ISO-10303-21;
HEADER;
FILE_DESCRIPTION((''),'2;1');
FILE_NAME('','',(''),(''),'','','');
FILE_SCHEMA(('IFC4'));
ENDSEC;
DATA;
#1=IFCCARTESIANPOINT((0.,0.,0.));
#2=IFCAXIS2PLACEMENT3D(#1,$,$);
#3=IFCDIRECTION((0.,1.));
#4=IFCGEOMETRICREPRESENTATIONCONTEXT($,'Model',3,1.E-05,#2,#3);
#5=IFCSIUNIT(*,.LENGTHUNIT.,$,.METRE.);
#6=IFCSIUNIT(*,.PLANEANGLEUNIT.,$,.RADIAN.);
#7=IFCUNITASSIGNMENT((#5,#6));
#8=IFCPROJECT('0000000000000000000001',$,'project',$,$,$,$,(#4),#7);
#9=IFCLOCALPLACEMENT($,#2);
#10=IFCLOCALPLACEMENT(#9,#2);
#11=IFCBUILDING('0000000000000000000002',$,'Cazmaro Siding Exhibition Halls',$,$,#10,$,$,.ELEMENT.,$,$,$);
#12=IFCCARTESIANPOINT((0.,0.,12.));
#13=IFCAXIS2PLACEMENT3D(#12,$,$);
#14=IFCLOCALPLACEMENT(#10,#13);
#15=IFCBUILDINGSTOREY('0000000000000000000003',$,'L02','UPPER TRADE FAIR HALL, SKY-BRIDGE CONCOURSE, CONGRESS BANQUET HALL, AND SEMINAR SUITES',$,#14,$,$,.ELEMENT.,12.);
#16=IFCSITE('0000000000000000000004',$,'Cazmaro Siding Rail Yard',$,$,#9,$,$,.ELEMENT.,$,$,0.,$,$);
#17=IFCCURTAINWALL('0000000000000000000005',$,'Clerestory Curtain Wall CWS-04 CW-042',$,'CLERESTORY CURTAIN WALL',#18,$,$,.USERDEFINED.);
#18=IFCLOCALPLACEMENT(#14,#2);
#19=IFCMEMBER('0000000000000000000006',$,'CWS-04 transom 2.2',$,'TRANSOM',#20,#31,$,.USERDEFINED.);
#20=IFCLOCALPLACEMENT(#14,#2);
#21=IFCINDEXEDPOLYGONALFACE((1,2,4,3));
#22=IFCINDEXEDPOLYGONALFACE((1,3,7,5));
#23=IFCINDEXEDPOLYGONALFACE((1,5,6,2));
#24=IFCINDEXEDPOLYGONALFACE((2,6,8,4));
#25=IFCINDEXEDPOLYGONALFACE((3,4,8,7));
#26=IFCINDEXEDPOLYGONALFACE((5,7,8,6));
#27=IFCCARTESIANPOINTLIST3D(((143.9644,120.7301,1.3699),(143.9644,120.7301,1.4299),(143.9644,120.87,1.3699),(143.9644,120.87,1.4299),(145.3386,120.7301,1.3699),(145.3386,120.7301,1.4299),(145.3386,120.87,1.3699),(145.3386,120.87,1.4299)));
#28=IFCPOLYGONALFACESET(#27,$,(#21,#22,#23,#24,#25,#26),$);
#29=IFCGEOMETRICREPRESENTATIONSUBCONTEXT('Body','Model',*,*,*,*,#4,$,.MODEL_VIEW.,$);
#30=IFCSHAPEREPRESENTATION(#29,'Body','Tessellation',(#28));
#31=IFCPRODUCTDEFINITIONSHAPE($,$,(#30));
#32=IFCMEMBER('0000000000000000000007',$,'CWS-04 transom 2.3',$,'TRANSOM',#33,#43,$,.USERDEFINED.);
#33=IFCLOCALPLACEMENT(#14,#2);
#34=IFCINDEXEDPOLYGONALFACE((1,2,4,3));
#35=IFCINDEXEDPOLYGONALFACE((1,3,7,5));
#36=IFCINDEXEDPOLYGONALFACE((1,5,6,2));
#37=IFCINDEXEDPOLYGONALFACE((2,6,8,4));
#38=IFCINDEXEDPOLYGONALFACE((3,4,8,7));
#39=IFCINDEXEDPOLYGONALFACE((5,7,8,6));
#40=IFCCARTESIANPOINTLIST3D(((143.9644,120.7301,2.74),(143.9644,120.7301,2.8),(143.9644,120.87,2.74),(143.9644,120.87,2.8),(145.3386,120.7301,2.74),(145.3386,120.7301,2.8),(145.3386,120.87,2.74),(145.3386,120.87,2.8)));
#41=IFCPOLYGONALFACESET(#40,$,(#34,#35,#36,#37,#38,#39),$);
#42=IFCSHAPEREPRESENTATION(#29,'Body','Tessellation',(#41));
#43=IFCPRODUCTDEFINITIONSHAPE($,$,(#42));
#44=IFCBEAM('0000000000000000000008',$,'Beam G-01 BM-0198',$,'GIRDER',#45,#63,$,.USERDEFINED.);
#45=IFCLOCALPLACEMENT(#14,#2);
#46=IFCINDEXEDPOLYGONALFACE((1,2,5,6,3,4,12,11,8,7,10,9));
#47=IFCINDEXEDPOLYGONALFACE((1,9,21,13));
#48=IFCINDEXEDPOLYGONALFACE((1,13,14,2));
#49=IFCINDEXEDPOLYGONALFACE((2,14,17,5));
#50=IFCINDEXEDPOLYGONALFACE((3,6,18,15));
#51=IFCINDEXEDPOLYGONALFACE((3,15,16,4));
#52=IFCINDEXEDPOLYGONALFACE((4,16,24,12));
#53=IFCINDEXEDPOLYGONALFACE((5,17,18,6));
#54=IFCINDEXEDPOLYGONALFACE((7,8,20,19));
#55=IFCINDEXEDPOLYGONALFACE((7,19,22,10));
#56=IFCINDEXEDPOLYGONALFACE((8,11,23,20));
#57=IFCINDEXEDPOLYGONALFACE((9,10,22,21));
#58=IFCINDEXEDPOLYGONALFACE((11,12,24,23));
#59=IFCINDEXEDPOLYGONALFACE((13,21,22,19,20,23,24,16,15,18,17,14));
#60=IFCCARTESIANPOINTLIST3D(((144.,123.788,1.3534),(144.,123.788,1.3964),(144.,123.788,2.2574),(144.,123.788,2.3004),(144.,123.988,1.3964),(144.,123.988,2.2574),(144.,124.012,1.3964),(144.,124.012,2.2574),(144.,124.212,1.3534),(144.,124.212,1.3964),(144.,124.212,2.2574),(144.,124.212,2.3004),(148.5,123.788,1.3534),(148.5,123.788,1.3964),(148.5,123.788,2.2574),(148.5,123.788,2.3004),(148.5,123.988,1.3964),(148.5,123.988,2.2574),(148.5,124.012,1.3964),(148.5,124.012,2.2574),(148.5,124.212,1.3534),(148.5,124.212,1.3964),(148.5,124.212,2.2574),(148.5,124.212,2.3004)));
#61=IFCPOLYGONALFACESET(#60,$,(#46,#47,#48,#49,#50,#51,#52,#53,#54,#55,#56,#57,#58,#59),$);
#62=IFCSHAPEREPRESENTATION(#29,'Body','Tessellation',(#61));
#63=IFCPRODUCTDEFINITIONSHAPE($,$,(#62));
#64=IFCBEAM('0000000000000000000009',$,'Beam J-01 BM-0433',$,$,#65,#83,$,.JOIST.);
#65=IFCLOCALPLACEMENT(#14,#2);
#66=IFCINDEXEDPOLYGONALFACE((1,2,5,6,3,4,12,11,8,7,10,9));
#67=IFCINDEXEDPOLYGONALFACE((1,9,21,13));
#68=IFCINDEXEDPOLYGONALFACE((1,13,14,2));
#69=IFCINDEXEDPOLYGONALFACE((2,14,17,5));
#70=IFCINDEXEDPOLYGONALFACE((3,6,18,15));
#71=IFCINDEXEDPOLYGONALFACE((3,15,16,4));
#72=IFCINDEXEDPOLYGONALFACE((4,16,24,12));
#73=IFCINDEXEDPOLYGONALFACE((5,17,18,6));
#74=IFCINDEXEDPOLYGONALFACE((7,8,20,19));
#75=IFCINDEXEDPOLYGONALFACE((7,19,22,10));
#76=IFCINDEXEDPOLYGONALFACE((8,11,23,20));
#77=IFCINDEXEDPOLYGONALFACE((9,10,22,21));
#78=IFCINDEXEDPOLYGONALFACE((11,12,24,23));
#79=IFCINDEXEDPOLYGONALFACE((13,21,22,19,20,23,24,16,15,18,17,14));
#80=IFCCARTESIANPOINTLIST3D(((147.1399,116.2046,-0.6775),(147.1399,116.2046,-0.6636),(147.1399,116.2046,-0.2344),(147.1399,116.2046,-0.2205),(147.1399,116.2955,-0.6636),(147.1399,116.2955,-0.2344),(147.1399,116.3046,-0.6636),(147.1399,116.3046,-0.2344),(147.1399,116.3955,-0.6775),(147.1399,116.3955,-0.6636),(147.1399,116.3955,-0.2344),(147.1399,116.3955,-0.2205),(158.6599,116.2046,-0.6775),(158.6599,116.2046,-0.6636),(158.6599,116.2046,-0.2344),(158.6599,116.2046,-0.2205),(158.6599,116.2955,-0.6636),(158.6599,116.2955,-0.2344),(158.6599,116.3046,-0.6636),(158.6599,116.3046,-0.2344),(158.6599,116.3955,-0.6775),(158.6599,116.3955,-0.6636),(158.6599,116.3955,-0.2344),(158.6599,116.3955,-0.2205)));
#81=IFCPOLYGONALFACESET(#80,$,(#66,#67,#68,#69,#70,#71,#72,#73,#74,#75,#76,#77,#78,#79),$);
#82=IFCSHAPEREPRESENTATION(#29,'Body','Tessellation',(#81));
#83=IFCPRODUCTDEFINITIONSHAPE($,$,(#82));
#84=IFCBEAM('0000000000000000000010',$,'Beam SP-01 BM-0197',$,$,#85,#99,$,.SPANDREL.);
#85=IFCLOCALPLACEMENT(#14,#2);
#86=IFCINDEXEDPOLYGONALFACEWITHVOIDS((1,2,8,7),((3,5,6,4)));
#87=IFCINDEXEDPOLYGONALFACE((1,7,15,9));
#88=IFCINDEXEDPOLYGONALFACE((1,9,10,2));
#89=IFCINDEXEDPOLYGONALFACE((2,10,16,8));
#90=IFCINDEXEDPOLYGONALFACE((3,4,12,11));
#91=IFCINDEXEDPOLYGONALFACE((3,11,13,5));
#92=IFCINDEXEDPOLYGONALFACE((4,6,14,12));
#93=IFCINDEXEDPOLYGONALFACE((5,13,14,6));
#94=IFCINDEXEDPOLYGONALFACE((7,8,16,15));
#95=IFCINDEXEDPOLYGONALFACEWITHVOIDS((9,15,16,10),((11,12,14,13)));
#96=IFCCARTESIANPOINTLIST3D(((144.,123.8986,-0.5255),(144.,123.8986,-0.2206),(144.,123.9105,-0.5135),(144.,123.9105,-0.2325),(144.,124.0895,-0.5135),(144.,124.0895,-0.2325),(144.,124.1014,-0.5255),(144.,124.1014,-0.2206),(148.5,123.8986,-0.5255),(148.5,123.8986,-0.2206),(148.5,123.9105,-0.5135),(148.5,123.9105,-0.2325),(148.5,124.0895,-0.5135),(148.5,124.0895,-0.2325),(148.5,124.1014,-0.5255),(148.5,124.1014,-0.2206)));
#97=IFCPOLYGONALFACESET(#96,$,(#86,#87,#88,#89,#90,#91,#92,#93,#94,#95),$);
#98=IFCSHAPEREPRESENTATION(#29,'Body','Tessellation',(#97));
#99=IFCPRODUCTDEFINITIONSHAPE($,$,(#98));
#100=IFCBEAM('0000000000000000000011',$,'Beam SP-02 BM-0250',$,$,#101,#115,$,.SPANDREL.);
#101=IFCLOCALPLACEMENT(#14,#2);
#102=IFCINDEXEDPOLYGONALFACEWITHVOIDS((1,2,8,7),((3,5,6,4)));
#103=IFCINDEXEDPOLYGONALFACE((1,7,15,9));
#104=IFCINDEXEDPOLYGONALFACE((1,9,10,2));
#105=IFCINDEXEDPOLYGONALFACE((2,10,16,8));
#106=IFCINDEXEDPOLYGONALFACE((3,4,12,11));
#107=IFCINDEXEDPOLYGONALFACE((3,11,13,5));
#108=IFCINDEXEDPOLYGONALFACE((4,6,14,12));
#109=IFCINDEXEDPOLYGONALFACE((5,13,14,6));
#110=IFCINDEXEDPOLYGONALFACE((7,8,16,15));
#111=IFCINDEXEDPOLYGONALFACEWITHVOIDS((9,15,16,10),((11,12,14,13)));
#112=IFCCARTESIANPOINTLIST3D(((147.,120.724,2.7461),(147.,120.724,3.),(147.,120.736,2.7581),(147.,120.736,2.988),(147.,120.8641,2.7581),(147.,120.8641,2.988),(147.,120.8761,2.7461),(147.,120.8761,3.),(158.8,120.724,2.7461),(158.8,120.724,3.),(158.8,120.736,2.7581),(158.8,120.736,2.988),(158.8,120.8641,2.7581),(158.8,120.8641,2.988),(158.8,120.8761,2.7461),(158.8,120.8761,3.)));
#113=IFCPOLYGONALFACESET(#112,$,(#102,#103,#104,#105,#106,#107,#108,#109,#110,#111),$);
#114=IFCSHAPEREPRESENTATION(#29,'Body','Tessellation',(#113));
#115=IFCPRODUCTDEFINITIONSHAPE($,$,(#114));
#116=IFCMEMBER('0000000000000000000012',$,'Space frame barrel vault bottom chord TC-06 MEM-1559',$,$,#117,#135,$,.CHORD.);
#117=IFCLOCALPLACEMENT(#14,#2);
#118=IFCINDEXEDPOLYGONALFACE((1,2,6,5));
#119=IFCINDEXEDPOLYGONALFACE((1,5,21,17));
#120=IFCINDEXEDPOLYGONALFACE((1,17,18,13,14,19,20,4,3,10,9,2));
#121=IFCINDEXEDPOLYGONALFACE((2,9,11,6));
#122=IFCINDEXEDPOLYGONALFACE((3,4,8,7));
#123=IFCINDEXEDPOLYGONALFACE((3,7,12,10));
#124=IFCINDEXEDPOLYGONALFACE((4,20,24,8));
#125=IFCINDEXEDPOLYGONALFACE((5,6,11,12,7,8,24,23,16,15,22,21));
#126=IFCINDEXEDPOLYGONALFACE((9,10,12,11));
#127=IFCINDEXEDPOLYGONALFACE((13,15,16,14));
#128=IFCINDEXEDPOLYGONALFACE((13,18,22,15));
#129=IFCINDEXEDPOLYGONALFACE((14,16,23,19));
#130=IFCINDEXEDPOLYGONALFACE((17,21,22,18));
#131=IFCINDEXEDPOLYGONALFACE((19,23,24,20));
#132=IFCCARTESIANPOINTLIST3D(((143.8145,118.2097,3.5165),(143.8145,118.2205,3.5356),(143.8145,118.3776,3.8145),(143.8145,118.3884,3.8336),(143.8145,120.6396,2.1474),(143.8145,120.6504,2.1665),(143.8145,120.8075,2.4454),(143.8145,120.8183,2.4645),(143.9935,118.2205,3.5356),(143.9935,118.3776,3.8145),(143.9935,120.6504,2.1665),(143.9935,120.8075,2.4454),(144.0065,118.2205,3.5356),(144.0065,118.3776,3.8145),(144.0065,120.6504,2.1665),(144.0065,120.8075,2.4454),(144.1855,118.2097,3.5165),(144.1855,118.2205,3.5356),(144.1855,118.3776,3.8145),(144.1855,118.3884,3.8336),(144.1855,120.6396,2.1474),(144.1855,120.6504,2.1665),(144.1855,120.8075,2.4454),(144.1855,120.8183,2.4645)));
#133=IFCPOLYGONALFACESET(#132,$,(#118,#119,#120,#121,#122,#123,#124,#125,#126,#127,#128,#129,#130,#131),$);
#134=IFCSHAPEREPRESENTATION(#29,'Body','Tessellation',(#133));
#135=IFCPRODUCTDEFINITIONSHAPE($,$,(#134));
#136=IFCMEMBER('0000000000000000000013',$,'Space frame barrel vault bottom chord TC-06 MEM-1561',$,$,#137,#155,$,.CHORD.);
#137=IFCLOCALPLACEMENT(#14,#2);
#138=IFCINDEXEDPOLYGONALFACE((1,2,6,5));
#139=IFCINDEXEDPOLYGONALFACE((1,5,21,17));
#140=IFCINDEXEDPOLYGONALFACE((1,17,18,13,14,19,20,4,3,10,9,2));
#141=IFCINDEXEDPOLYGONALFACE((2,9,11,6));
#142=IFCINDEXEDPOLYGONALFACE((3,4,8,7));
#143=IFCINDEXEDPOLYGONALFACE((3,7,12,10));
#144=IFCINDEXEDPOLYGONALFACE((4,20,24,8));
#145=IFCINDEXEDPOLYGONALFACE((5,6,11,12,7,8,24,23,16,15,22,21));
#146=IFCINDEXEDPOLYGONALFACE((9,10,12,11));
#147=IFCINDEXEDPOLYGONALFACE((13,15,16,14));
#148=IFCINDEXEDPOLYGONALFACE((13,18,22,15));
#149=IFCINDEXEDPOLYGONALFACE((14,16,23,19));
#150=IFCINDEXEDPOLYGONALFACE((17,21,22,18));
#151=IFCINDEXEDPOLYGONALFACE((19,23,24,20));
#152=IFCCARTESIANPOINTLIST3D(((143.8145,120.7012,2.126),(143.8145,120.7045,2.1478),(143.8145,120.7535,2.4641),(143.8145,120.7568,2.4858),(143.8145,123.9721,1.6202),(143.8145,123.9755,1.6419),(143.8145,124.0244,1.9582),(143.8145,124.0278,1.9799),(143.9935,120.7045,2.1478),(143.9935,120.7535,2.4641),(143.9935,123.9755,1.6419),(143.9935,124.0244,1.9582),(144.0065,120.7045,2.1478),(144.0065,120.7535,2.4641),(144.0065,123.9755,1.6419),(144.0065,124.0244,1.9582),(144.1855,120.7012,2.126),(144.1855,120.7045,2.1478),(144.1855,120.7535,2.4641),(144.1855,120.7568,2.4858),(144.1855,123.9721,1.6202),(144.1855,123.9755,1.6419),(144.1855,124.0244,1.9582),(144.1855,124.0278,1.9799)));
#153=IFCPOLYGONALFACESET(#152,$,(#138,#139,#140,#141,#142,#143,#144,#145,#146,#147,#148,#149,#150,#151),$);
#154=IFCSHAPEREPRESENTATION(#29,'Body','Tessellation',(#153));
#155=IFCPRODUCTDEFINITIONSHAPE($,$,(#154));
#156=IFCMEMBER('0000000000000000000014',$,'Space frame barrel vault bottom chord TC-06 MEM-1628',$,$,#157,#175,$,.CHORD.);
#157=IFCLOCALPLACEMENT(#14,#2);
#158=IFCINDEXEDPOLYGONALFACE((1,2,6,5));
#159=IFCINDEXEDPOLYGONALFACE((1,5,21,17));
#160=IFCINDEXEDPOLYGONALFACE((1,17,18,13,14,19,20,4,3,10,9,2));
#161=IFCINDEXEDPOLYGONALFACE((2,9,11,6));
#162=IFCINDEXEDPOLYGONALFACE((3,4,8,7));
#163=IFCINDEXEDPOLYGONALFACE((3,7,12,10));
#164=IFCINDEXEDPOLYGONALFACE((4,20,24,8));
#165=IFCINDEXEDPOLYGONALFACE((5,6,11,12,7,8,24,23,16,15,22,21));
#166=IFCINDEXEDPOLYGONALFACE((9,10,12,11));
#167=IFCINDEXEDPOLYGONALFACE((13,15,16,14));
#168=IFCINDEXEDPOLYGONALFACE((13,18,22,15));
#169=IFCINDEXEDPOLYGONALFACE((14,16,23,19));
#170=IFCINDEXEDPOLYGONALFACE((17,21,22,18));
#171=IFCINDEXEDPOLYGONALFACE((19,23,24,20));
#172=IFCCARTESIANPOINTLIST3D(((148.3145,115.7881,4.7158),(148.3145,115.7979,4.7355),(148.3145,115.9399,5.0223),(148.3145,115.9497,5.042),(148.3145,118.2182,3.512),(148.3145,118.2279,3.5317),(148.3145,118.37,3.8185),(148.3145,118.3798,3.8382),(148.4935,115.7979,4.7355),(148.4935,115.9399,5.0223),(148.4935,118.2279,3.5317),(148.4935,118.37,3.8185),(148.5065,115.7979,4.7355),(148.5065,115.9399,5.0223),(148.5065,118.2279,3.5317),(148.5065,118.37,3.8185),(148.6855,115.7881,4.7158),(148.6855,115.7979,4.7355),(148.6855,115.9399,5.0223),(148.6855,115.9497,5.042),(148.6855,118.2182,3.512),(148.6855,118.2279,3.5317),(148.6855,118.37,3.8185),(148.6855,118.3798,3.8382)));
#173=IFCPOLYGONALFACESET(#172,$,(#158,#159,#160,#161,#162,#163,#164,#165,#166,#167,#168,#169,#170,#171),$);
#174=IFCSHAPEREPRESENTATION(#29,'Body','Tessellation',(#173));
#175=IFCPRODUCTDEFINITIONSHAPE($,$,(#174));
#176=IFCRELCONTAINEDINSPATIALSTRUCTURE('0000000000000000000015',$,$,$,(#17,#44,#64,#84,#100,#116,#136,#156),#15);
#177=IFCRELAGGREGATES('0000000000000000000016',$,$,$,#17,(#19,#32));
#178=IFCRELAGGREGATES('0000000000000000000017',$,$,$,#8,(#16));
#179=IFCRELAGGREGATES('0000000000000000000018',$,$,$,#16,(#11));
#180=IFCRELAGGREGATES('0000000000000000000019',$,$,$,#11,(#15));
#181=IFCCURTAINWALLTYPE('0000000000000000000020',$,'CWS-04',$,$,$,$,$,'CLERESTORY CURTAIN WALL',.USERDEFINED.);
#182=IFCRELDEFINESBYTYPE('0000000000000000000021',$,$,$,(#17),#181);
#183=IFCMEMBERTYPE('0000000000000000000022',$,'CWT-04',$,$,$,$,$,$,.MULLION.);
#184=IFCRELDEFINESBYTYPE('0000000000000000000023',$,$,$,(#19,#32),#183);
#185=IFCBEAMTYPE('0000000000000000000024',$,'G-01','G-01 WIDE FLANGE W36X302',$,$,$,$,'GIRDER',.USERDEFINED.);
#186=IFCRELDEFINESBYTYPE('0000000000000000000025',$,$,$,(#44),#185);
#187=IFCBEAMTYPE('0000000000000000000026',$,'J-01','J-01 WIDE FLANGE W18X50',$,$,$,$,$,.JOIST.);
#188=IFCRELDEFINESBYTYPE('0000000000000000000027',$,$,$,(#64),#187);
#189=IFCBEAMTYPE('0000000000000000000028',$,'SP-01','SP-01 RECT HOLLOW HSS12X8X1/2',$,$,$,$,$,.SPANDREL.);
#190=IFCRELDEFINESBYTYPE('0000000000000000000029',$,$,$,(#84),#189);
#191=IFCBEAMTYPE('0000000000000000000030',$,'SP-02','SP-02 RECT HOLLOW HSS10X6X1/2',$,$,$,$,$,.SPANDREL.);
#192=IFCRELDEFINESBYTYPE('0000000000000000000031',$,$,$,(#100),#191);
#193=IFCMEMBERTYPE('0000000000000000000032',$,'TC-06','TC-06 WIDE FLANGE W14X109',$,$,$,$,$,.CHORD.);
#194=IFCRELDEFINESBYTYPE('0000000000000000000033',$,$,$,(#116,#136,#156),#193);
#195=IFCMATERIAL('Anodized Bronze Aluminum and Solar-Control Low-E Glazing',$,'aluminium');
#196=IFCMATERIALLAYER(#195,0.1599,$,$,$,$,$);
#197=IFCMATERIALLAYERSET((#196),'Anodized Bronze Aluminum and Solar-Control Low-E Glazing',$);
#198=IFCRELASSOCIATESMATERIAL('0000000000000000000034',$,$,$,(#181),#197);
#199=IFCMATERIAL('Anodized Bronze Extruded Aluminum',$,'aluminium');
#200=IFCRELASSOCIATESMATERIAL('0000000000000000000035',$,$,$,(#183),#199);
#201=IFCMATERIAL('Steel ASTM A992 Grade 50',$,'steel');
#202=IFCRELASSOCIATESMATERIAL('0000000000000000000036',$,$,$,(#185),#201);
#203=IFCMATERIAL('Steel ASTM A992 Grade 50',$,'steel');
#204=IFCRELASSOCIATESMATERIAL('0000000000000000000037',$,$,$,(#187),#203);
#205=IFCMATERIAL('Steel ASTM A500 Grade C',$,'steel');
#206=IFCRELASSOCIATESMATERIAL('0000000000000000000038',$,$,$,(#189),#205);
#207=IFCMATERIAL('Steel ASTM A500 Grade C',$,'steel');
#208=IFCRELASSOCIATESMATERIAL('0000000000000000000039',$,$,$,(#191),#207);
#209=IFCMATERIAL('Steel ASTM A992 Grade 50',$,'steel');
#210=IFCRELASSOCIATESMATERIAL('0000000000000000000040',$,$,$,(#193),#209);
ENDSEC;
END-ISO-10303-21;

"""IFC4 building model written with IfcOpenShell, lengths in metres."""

from ifc_helpers import new_model, si_unit, direction, frame, origin, origin_2d, place, context, subcontext, project, spatial, rectangle, hollow_rectangle, i_section, extrude, material, layer, layer_set, material_profile, profile_set, type_object, element, aggregate, save


model = new_model("IFC4")

# Units and contexts
model_context = context("Model", 3, precision=1e-05, world=origin(), true_north=direction((0.0, 1.0)))
body_context = subcontext(model_context, "Body", "Model", "MODEL_VIEW")
ifc_project = project(units=[si_unit("LENGTHUNIT", "METRE"), si_unit("PLANEANGLEUNIT", "RADIAN")], contexts=[model_context])

# Site, building, storey
site_placement = place(None, origin())
site = spatial("IfcSite", under=ifc_project, at=site_placement, Name="Cazmaro Siding Rail Yard", CompositionType="ELEMENT", RefElevation=0.0)
building_placement = place(site_placement, origin())
building = spatial("IfcBuilding", under=site, at=building_placement, Name="Cazmaro Siding Exhibition Halls", CompositionType="ELEMENT")
storey_placement = place(building_placement, frame((0.0, 0.0, 12.0)))
storey = spatial("IfcBuildingStorey", under=building, at=storey_placement, Name="L02", Description="UPPER TRADE FAIR HALL, SKY-BRIDGE CONCOURSE, CONGRESS BANQUET HALL, AND SEMINAR SUITES", CompositionType="ELEMENT", Elevation=12.0)

# Curtain wall
ifc_material_1 = material(Name="Anodized Bronze Aluminum and Solar-Control Low-E Glazing", Category="aluminium")
ifc_layer_1 = layer(ifc_material_1, 0.1599)
ifc_layer_set_1 = layer_set([ifc_layer_1], Name="Anodized Bronze Aluminum and Solar-Control Low-E Glazing")
curtain_wall_type = type_object("IfcCurtainWallType", Name="CWS-04", ElementType="CLERESTORY CURTAIN WALL", PredefinedType="USERDEFINED", material=ifc_layer_set_1)
curtain_wall_1_placement = place(storey_placement, origin())
curtain_wall_1 = element("IfcCurtainWall", 1, at=curtain_wall_1_placement, inside=storey, type_object=curtain_wall_type, Name="Clerestory Curtain Wall CWS-04 CW-042", ObjectType="CLERESTORY CURTAIN WALL", PredefinedType="USERDEFINED")

# Members
ifc_material_2 = material(Name="Anodized Bronze Extruded Aluminum", Category="aluminium")
ifc_material_profile_1 = material_profile(ifc_material_2, rectangle(XDim=0.1399, YDim=0.0601, at=origin_2d()), Name="CWT-04")
ifc_profile_set_1 = profile_set([ifc_material_profile_1], Name="Anodized Bronze Extruded Aluminum")
member_type_1 = type_object("IfcMemberType", Name="CWT-04", PredefinedType="MULLION", material=ifc_profile_set_1)
member_1_placement = place(storey_placement, frame((145.3386, 120.8, 1.3999), z_axis=(-1.0, 0.0, 0.0), x_axis=(0.0, -1.0, 0.0)))
member_1 = element("IfcMember", 2, at=member_1_placement, type_object=member_type_1, Name="CWS-04 transom 2.2", ObjectType="TRANSOM", PredefinedType="USERDEFINED", context=body_context, shape_type="SweptSolid", body=[
    extrude(rectangle(XDim=0.1399, YDim=0.0601, at=origin_2d()), origin(), (0.0, 0.0, 1.0), 1.3743),
])
member_2_placement = place(storey_placement, frame((145.3386, 120.8, 2.77), z_axis=(-1.0, 0.0, 0.0), x_axis=(0.0, -1.0, 0.0)))
member_2 = element("IfcMember", 3, at=member_2_placement, type_object=member_type_1, Name="CWS-04 transom 2.3", ObjectType="TRANSOM", PredefinedType="USERDEFINED", context=body_context, shape_type="SweptSolid", body=[
    extrude(rectangle(XDim=0.1399, YDim=0.0601, at=origin_2d()), origin(), (0.0, 0.0, 1.0), 1.3743),
])

# Beams
ifc_material_3 = material(Name="Steel ASTM A992 Grade 50", Category="steel")
ifc_material_profile_2 = material_profile(ifc_material_3, i_section(OverallWidth=0.4241, OverallDepth=0.947, WebThickness=0.0239, FlangeThickness=0.043, at=origin_2d()), Name="W36X302")
ifc_profile_set_2 = profile_set([ifc_material_profile_2], Name="Steel ASTM A992 Grade 50")
beam_type_1 = type_object("IfcBeamType", Name="G-01", Description="G-01 WIDE FLANGE W36X302", ElementType="GIRDER", PredefinedType="USERDEFINED", material=ifc_profile_set_2)
beam_1_placement = place(storey_placement, frame((144.0, 124.0, 1.8269), z_axis=(1.0, 0.0, 0.0), x_axis=(0.0, 1.0, 0.0)))
element("IfcBeam", 4, at=beam_1_placement, inside=storey, type_object=beam_type_1, Name="Beam G-01 BM-0198", ObjectType="GIRDER", PredefinedType="USERDEFINED", context=body_context, shape_type="SweptSolid", body=[
    extrude(i_section(OverallWidth=0.4241, OverallDepth=0.947, WebThickness=0.0239, FlangeThickness=0.043, at=origin_2d()), origin(), (0.0, 0.0, 1.0), 4.5),
])
ifc_material_4 = material(Name="Steel ASTM A992 Grade 50", Category="steel")
ifc_material_profile_3 = material_profile(ifc_material_4, i_section(OverallWidth=0.1909, OverallDepth=0.457, WebThickness=0.009, FlangeThickness=0.0139, at=origin_2d()), Name="W18X50")
ifc_profile_set_3 = profile_set([ifc_material_profile_3], Name="Steel ASTM A992 Grade 50")
beam_type_2 = type_object("IfcBeamType", Name="J-01", Description="J-01 WIDE FLANGE W18X50", PredefinedType="JOIST", material=ifc_profile_set_3)
beam_2_placement = place(storey_placement, frame((147.1399, 116.3, -0.449), z_axis=(1.0, 0.0, 0.0), x_axis=(0.0, 1.0, 0.0)))
element("IfcBeam", 5, at=beam_2_placement, inside=storey, type_object=beam_type_2, Name="Beam J-01 BM-0433", PredefinedType="JOIST", context=body_context, shape_type="SweptSolid", body=[
    extrude(i_section(OverallWidth=0.1909, OverallDepth=0.457, WebThickness=0.009, FlangeThickness=0.0139, at=origin_2d()), origin(), (0.0, 0.0, 1.0), 11.52),
])
ifc_material_5 = material(Name="Steel ASTM A500 Grade C", Category="steel")
ifc_material_profile_4 = material_profile(ifc_material_5, hollow_rectangle(XDim=0.2029, YDim=0.3049, WallThickness=0.012, at=origin_2d()), Name="HSS12X8X1/2")
ifc_profile_set_4 = profile_set([ifc_material_profile_4], Name="Steel ASTM A500 Grade C")
beam_type_3 = type_object("IfcBeamType", Name="SP-01", Description="SP-01 RECT HOLLOW HSS12X8X1/2", PredefinedType="SPANDREL", material=ifc_profile_set_4)
beam_3_placement = place(storey_placement, frame((144.0, 124.0, -0.373), z_axis=(1.0, 0.0, 0.0), x_axis=(0.0, 1.0, 0.0)))
element("IfcBeam", 6, at=beam_3_placement, inside=storey, type_object=beam_type_3, Name="Beam SP-01 BM-0197", PredefinedType="SPANDREL", context=body_context, shape_type="SweptSolid", body=[
    extrude(hollow_rectangle(XDim=0.2029, YDim=0.3049, WallThickness=0.012, at=origin_2d()), origin(), (0.0, 0.0, 1.0), 4.5),
])
ifc_material_6 = material(Name="Steel ASTM A500 Grade C", Category="steel")
ifc_material_profile_5 = material_profile(ifc_material_6, hollow_rectangle(XDim=0.1521, YDim=0.2539, WallThickness=0.012, at=origin_2d()), Name="HSS10X6X1/2")
ifc_profile_set_5 = profile_set([ifc_material_profile_5], Name="Steel ASTM A500 Grade C")
beam_type_4 = type_object("IfcBeamType", Name="SP-02", Description="SP-02 RECT HOLLOW HSS10X6X1/2", PredefinedType="SPANDREL", material=ifc_profile_set_5)
beam_4_placement = place(storey_placement, frame((147.0, 120.8, 2.873), z_axis=(1.0, 0.0, 0.0), x_axis=(0.0, 1.0, 0.0)))
element("IfcBeam", 7, at=beam_4_placement, inside=storey, type_object=beam_type_4, Name="Beam SP-02 BM-0250", PredefinedType="SPANDREL", context=body_context, shape_type="SweptSolid", body=[
    extrude(hollow_rectangle(XDim=0.1521, YDim=0.2539, WallThickness=0.012, at=origin_2d()), origin(), (0.0, 0.0, 1.0), 11.8),
])

# Members
ifc_material_7 = material(Name="Steel ASTM A992 Grade 50", Category="steel")
ifc_material_profile_6 = material_profile(ifc_material_7, i_section(OverallWidth=0.3711, OverallDepth=0.364, WebThickness=0.0129, FlangeThickness=0.022, at=origin_2d()), Name="W14X109")
ifc_profile_set_6 = profile_set([ifc_material_profile_6], Name="Steel ASTM A992 Grade 50")
member_type_2 = type_object("IfcMemberType", Name="TC-06", Description="TC-06 WIDE FLANGE W14X109", PredefinedType="CHORD", material=ifc_profile_set_6)
member_3_placement = place(storey_placement, frame((144.0, 118.2991, 3.675), z_axis=(0.0, 0.871222, -0.490889), x_axis=(-1.0, 0.0, 0.0)))
element("IfcMember", 8, at=member_3_placement, inside=storey, type_object=member_type_2, Name="Space frame barrel vault bottom chord TC-06 MEM-1559", PredefinedType="CHORD", context=body_context, shape_type="SweptSolid", body=[
    extrude(i_section(OverallWidth=0.3711, OverallDepth=0.364, WebThickness=0.0129, FlangeThickness=0.022, at=origin_2d()), origin(), (0.0, 0.0, 1.0), 2.7891),
])
member_4_placement = place(storey_placement, frame((144.0, 120.729, 2.3059), z_axis=(0.0, 0.988252, -0.152833), x_axis=(-1.0, 0.0, 0.0)))
element("IfcMember", 9, at=member_4_placement, inside=storey, type_object=member_type_2, Name="Space frame barrel vault bottom chord TC-06 MEM-1561", PredefinedType="CHORD", context=body_context, shape_type="SweptSolid", body=[
    extrude(i_section(OverallWidth=0.3711, OverallDepth=0.364, WebThickness=0.0129, FlangeThickness=0.022, at=origin_2d()), origin(), (0.0, 0.0, 1.0), 3.3098),
])
member_5_placement = place(storey_placement, frame((148.5, 115.8689, 4.8789), z_axis=(0.0, 0.896077, -0.443898), x_axis=(-1.0, 0.0, 0.0)))
element("IfcMember", 10, at=member_5_placement, inside=storey, type_object=member_type_2, Name="Space frame barrel vault bottom chord TC-06 MEM-1628", PredefinedType="CHORD", context=body_context, shape_type="SweptSolid", body=[
    extrude(i_section(OverallWidth=0.3711, OverallDepth=0.364, WebThickness=0.0129, FlangeThickness=0.022, at=origin_2d()), origin(), (0.0, 0.0, 1.0), 2.7119),
])

aggregate(curtain_wall_1, [member_1, member_2])

save(model, "model.ifc")
